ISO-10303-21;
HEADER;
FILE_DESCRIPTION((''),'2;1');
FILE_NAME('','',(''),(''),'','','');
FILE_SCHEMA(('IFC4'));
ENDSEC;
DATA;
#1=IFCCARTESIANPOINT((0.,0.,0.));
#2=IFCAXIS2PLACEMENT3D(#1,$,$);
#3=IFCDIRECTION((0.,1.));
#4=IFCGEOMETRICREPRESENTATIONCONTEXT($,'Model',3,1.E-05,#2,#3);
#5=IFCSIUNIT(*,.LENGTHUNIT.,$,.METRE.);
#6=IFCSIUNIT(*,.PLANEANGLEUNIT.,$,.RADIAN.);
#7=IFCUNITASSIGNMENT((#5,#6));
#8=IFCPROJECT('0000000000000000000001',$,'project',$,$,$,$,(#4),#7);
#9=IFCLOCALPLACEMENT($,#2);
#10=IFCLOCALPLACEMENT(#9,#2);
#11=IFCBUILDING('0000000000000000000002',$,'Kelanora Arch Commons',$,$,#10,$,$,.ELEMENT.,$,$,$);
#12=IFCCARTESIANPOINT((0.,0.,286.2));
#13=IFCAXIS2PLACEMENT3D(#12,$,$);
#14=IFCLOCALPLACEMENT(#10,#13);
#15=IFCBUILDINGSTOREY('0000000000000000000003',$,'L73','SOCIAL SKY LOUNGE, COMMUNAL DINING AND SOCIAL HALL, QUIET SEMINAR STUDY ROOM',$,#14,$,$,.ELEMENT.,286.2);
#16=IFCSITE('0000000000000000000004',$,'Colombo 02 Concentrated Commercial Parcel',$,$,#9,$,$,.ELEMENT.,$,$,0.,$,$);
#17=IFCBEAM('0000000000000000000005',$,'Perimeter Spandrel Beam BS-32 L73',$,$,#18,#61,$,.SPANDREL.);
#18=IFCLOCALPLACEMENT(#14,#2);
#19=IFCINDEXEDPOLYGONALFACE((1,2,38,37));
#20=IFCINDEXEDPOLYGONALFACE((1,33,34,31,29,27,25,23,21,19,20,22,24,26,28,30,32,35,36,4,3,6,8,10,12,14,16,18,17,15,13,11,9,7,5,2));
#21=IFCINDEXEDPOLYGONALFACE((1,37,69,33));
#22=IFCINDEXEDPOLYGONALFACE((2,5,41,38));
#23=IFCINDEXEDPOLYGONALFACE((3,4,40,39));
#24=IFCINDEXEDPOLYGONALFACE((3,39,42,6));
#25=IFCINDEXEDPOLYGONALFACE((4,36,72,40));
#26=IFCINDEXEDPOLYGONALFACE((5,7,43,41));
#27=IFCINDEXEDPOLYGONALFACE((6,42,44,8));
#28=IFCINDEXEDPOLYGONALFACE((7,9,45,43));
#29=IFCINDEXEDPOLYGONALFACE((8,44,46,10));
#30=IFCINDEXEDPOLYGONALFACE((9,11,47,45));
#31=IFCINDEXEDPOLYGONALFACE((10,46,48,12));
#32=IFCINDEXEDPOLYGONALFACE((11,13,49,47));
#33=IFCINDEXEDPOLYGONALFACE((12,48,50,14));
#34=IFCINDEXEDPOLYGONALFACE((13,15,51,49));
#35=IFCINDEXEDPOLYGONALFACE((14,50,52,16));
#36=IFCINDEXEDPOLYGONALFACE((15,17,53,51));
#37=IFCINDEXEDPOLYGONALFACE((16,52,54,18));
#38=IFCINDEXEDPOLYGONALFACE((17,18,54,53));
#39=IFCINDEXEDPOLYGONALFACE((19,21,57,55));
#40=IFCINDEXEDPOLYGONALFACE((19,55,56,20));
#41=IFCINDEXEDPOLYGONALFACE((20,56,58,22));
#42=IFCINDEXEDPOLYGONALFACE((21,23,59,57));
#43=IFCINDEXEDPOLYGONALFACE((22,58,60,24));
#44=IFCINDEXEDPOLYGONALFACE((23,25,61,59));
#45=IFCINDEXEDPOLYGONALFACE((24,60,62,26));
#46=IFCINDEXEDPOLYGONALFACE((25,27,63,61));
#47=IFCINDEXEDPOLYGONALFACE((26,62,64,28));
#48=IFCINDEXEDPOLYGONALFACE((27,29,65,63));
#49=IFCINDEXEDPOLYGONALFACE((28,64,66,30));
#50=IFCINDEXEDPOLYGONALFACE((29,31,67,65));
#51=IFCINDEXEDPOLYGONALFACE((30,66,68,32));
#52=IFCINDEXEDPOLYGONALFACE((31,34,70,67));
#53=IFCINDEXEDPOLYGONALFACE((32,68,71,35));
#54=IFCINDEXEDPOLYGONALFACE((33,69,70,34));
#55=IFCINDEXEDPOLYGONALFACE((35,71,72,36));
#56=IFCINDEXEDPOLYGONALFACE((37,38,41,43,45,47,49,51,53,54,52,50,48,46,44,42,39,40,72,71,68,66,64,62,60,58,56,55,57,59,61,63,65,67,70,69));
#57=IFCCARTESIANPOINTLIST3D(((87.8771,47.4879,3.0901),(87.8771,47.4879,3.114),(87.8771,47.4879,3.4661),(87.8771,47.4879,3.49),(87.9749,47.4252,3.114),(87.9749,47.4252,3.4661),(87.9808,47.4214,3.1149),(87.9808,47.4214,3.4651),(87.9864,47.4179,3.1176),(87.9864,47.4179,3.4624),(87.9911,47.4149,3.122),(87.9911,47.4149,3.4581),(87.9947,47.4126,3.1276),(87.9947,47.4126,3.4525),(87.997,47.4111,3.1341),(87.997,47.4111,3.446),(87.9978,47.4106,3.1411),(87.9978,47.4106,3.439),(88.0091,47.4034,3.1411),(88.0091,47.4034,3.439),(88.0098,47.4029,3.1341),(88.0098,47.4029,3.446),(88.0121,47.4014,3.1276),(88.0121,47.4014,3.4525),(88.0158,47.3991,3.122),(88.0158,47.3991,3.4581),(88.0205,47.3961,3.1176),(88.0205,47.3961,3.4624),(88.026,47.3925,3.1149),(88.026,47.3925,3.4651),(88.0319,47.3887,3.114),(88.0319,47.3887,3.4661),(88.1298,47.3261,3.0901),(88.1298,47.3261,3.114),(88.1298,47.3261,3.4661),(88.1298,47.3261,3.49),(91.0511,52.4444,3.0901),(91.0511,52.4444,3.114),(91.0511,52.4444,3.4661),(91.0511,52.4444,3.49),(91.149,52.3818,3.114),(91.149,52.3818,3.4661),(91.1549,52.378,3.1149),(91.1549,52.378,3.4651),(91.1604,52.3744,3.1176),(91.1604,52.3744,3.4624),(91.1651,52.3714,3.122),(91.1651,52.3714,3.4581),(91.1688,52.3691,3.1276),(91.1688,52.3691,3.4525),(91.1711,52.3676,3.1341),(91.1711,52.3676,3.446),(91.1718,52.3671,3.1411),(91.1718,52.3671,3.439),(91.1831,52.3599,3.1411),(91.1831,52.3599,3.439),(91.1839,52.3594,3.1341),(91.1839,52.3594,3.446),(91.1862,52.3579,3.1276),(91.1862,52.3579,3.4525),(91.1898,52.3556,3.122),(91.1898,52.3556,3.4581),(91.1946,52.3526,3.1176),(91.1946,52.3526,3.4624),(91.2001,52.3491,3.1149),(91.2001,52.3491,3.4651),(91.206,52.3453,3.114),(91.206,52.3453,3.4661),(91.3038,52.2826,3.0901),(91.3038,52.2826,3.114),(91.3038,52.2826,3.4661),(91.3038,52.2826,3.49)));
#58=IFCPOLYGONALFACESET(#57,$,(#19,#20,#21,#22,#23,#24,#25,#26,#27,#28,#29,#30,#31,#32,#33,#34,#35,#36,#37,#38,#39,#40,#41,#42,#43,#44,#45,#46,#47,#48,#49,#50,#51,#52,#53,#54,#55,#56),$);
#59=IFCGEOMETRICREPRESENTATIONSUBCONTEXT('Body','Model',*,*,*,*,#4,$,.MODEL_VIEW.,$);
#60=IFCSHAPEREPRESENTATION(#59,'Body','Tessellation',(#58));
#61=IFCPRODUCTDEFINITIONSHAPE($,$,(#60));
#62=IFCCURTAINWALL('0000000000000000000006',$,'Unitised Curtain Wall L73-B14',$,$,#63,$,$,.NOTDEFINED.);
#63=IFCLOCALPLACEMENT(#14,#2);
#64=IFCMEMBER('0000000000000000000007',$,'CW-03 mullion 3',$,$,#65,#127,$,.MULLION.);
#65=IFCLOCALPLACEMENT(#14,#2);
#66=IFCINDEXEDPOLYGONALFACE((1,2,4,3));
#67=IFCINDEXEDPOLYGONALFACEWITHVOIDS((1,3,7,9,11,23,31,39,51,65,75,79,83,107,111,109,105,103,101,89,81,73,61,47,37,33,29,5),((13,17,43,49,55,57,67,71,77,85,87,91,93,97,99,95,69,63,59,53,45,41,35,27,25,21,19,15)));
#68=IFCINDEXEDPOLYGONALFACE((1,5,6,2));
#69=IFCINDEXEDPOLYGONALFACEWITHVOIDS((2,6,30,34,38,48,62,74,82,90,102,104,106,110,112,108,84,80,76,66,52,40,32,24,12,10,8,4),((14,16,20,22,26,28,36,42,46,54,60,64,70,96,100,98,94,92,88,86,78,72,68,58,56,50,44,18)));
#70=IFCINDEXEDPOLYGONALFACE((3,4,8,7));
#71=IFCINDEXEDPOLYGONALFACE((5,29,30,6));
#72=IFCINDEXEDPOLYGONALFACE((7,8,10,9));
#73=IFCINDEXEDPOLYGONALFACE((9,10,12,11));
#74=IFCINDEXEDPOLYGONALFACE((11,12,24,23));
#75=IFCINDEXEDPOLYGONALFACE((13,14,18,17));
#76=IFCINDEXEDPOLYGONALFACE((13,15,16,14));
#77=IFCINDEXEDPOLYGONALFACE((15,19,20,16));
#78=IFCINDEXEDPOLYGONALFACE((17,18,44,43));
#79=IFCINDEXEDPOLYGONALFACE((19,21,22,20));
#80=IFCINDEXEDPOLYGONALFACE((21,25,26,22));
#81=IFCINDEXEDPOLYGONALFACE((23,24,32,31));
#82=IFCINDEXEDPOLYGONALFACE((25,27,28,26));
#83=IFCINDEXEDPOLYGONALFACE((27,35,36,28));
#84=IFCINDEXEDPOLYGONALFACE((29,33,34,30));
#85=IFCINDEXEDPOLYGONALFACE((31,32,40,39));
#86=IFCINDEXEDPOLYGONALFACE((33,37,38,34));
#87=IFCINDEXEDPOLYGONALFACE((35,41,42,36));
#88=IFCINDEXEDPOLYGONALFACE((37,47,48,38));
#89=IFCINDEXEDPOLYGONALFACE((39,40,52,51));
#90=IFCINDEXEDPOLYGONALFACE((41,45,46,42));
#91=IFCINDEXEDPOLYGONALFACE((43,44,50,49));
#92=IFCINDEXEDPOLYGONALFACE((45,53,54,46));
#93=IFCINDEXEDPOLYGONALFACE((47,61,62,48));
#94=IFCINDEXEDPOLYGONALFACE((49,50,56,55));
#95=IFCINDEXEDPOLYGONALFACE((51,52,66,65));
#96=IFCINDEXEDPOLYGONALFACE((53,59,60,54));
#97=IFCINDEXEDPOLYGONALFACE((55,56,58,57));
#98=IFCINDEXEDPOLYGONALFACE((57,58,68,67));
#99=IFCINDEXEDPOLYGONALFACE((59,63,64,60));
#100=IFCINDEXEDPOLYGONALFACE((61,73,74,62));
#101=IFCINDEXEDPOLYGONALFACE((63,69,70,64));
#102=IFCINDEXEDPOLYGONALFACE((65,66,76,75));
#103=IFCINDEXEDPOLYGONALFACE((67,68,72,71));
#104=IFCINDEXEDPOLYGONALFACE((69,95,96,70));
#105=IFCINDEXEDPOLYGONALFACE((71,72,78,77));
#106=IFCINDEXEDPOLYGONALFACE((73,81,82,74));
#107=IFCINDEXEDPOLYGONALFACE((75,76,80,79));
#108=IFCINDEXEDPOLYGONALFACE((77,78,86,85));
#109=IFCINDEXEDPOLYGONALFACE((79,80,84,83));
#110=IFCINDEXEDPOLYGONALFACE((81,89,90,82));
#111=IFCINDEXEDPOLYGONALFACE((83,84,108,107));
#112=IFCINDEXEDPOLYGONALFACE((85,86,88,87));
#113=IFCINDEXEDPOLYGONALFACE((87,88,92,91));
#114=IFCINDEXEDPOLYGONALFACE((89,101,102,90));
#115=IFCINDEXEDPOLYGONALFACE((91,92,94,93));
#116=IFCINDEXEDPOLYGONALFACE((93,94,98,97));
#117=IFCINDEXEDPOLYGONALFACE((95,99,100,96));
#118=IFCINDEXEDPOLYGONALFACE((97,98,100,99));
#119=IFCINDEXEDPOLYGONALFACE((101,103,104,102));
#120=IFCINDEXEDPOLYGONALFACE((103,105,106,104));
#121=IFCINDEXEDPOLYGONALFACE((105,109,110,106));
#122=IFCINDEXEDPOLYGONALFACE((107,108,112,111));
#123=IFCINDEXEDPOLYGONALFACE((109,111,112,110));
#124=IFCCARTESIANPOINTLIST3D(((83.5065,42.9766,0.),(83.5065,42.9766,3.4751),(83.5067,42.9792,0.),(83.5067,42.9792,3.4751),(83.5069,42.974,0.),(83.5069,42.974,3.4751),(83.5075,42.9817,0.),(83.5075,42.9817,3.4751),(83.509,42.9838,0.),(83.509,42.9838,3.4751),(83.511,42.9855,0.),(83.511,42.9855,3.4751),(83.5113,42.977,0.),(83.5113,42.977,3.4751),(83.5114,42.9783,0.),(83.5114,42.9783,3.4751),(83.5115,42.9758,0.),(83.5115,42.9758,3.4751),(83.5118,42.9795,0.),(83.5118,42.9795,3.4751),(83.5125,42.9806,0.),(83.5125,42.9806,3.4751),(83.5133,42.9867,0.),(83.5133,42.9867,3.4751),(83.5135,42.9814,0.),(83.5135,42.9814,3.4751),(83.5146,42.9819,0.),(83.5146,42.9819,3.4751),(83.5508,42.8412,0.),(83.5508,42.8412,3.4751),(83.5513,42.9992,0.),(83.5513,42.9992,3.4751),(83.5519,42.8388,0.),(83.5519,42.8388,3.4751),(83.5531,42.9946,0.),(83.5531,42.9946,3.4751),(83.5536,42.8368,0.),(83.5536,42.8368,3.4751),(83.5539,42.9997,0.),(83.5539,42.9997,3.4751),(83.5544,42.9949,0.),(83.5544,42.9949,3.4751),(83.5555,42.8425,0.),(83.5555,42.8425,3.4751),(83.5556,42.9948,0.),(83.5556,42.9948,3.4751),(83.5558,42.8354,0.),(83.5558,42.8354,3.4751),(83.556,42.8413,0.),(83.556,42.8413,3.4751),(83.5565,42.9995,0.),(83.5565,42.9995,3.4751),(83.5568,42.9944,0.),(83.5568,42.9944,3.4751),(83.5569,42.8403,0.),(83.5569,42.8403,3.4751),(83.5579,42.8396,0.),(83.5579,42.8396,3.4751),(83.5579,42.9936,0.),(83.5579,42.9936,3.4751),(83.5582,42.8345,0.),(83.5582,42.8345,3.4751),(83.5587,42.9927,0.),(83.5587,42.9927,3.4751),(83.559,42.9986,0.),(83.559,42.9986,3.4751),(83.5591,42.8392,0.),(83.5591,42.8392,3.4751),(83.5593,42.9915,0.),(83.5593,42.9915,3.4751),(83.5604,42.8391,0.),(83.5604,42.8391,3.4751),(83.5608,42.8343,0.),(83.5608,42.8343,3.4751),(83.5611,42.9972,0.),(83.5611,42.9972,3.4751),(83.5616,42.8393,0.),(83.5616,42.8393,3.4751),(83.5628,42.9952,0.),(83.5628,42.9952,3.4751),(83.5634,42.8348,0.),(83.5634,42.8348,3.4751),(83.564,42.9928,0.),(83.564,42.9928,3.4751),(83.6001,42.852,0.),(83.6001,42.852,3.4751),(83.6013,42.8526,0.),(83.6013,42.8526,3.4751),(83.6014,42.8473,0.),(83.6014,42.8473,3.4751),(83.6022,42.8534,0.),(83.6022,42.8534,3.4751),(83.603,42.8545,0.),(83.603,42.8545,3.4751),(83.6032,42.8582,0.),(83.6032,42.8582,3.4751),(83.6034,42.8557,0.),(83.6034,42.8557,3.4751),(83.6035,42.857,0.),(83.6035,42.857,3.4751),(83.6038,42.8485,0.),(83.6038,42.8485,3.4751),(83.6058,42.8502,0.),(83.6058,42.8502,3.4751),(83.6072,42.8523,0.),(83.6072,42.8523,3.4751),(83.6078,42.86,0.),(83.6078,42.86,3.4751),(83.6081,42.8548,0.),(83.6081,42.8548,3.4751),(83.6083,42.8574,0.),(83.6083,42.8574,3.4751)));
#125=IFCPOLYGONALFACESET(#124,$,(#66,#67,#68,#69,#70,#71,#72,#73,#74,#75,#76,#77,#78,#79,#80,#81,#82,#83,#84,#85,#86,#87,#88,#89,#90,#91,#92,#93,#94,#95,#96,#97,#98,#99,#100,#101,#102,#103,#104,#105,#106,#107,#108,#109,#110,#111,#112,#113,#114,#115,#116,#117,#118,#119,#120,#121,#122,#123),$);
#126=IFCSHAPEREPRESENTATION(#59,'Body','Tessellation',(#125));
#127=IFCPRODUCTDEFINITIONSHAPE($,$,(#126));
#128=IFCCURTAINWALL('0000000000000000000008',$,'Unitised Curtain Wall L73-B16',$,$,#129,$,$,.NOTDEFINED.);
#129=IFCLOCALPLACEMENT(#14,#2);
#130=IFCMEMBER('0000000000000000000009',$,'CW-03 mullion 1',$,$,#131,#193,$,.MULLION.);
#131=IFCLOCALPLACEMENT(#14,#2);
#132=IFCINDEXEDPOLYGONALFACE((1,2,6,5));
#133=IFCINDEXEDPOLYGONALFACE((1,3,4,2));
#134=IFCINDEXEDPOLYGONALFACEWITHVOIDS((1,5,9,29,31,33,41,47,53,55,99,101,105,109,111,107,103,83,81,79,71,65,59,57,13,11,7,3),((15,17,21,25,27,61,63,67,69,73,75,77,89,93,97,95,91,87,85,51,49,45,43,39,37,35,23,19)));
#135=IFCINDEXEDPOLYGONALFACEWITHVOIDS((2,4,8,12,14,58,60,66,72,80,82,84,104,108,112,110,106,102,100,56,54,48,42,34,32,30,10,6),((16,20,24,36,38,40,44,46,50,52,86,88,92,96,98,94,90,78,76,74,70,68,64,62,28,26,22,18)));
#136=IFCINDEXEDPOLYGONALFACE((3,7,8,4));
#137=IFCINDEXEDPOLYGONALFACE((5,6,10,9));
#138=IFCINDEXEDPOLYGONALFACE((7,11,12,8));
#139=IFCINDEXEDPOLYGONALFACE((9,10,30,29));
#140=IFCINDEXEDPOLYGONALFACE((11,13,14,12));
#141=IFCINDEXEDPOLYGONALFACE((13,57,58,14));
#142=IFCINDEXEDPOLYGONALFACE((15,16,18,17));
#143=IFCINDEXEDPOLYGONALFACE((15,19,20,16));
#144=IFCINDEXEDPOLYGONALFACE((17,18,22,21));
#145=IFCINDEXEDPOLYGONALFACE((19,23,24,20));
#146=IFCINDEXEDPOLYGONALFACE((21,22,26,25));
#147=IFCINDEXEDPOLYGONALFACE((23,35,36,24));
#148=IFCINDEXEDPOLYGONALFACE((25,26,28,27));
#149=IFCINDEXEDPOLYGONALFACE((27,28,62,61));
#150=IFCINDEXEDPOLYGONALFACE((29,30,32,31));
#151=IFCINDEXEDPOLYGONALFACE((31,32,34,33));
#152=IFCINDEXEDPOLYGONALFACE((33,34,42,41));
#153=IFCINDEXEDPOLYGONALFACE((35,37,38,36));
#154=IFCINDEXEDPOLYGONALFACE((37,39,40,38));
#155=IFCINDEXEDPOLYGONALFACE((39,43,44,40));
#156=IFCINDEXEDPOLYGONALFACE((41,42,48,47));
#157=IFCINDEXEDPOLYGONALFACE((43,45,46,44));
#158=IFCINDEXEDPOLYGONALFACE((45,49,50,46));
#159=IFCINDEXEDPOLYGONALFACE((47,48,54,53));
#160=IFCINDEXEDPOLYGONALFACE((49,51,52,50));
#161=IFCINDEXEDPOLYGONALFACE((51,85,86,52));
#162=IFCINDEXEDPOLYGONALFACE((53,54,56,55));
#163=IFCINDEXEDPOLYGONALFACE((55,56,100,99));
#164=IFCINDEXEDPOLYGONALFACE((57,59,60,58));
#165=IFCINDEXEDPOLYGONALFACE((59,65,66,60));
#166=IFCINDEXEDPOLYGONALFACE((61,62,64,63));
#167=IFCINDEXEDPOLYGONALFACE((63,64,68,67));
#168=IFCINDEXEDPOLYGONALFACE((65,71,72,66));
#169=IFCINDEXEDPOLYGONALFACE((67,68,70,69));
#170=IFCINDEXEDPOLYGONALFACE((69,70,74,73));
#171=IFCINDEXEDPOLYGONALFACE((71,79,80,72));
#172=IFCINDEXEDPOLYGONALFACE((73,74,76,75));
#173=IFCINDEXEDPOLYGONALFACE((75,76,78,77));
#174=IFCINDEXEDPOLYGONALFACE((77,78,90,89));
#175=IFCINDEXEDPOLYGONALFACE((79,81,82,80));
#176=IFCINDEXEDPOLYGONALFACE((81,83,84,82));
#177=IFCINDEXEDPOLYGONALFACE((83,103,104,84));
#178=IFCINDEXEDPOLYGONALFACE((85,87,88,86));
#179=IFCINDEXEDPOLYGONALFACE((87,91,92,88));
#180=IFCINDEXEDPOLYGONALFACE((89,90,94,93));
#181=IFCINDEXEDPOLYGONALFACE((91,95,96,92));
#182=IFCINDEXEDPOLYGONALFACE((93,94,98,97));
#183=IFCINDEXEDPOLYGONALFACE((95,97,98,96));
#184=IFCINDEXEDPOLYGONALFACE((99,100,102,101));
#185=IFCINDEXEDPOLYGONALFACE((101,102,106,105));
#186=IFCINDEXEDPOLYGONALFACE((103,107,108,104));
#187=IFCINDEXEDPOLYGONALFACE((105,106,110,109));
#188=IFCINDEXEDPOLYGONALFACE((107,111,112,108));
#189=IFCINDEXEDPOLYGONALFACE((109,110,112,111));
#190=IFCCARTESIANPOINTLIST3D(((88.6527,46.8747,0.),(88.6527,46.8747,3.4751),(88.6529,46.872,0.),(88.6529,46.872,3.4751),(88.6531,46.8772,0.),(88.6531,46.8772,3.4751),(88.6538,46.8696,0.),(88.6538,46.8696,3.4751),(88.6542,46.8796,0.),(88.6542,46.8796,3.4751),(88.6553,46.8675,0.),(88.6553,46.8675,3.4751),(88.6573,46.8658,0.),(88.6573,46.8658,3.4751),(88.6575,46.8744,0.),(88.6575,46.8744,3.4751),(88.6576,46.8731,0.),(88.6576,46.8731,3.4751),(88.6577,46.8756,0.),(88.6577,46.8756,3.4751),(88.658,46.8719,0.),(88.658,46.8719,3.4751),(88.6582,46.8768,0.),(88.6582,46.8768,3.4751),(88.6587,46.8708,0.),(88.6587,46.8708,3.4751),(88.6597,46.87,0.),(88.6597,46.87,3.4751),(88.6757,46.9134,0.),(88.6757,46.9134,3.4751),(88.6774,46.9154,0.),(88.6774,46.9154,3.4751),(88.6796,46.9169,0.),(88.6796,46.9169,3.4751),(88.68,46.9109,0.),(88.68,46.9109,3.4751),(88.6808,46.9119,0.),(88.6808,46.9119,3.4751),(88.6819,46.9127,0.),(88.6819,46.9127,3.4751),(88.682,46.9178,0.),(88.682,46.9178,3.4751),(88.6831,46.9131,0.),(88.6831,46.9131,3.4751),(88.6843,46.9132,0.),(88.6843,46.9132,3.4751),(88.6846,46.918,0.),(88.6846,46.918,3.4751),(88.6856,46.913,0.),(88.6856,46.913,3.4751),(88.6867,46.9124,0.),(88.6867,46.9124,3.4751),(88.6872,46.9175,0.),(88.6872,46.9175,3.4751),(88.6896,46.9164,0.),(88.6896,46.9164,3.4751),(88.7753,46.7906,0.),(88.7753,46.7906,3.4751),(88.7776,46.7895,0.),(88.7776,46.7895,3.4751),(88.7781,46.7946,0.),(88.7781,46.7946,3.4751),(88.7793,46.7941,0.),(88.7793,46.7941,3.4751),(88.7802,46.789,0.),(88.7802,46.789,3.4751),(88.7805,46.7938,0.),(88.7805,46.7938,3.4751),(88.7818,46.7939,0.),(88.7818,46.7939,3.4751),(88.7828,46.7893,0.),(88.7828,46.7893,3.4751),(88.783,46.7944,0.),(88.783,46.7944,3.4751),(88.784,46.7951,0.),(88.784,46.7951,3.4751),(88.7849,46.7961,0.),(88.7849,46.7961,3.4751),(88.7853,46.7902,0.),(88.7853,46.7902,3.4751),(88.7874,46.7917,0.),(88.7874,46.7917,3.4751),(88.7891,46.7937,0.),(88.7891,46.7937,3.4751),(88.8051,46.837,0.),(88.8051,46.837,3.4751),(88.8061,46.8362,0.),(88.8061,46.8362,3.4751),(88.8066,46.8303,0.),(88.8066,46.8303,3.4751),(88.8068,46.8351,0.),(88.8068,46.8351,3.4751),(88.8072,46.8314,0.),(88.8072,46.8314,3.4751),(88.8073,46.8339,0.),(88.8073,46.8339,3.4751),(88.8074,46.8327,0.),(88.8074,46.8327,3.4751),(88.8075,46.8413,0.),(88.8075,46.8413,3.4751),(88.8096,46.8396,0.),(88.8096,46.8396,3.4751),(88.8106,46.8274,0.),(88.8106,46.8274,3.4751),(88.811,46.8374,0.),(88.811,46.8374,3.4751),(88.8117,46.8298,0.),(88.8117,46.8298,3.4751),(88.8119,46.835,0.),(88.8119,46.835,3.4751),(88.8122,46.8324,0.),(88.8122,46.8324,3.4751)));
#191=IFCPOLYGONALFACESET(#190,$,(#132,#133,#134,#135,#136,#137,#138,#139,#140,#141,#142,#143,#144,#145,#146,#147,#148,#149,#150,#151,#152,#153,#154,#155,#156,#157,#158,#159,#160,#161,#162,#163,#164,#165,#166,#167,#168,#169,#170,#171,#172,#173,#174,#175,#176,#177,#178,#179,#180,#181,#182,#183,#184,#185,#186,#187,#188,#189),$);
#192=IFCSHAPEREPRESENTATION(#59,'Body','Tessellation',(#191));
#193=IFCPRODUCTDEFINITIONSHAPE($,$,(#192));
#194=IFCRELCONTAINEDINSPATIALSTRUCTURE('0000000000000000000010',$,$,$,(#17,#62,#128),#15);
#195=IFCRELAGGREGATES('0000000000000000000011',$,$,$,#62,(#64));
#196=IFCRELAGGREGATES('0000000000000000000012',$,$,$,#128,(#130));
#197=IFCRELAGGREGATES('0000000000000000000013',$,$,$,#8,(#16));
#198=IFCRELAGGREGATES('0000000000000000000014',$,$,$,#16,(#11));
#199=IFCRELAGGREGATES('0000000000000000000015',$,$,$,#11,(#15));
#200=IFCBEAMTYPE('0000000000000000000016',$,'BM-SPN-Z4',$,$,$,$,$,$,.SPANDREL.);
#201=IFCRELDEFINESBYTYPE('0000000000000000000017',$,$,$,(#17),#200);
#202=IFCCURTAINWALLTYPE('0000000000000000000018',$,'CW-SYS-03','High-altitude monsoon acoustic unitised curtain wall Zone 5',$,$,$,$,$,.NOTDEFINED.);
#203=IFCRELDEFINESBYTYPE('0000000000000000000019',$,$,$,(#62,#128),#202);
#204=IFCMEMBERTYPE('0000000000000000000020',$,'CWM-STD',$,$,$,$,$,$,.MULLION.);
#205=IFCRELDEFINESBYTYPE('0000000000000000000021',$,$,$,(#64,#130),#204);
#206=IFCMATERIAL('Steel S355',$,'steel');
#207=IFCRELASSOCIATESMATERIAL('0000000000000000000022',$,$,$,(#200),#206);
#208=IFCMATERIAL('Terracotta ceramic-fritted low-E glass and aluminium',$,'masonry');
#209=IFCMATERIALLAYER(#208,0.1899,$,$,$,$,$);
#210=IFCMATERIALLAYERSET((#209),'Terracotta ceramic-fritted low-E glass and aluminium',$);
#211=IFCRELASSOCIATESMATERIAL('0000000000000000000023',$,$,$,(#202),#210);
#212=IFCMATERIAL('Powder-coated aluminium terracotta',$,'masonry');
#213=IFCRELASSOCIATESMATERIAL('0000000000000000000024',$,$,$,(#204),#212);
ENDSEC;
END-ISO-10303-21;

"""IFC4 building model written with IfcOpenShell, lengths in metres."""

from ifc_helpers import new_model, si_unit, direction, frame, origin, origin_2d, place, context, subcontext, project, spatial, hollow_rectangle, i_section, extrude, material, layer, layer_set, material_profile, profile_set, type_object, element, aggregate, save


model = new_model("IFC4")

# Units and contexts
model_context = context("Model", 3, precision=1e-05, world=origin(), true_north=direction((0.0, 1.0)))
body_context = subcontext(model_context, "Body", "Model", "MODEL_VIEW")
ifc_project = project(units=[si_unit("LENGTHUNIT", "METRE"), si_unit("PLANEANGLEUNIT", "RADIAN")], contexts=[model_context])

# Site, building, storey
site_placement = place(None, origin())
site = spatial("IfcSite", under=ifc_project, at=site_placement, Name="Colombo 02 Concentrated Commercial Parcel", CompositionType="ELEMENT", RefElevation=0.0)
building_placement = place(site_placement, origin())
building = spatial("IfcBuilding", under=site, at=building_placement, Name="Kelanora Arch Commons", CompositionType="ELEMENT")
storey_placement = place(building_placement, frame((0.0, 0.0, 286.2)))
storey = spatial("IfcBuildingStorey", under=building, at=storey_placement, Name="L73", Description="SOCIAL SKY LOUNGE, COMMUNAL DINING AND SOCIAL HALL, QUIET SEMINAR STUDY ROOM", CompositionType="ELEMENT", Elevation=286.2)

# Beam
ifc_material_1 = material(Name="Steel S355", Category="steel")
ifc_material_profile_1 = material_profile(ifc_material_1, i_section(OverallWidth=0.3, OverallDepth=0.3999, WebThickness=0.0134, FlangeThickness=0.0239, FilletRadius=0.0271, at=origin_2d()), Name="HEB400")
ifc_profile_set_1 = profile_set([ifc_material_profile_1], Name="Steel S355")
beam_type_1 = type_object("IfcBeamType", Name="BM-SPN-Z4", PredefinedType="SPANDREL", material=ifc_profile_set_1)
beam_1_placement = place(storey_placement, frame((88.0034, 47.407, 3.29), z_axis=(0.539281, 0.842126, 0.0), x_axis=(-0.842126, 0.539281, 0.0)))
element("IfcBeam", 1, at=beam_1_placement, inside=storey, type_object=beam_type_1, Name="Perimeter Spandrel Beam BS-32 L73", PredefinedType="SPANDREL", context=body_context, shape_type="SweptSolid", body=[
    extrude(i_section(OverallWidth=0.3, OverallDepth=0.3999, WebThickness=0.0134, FlangeThickness=0.0239, FilletRadius=0.0271, at=origin_2d()), origin(), (0.0, 0.0, 1.0), 5.8857),
])

# Curtain wall, member
ifc_material_2 = material(Name="Terracotta ceramic-fritted low-E glass and aluminium", Category="masonry")
ifc_layer_1 = layer(ifc_material_2, 0.1899)
ifc_layer_set_1 = layer_set([ifc_layer_1], Name="Terracotta ceramic-fritted low-E glass and aluminium")
curtain_wall_type = type_object("IfcCurtainWallType", Name="CW-SYS-03", Description="High-altitude monsoon acoustic unitised curtain wall Zone 5", PredefinedType="NOTDEFINED", material=ifc_layer_set_1)
curtain_wall_1_placement = place(storey_placement, origin())
curtain_wall_1 = element("IfcCurtainWall", 2, at=curtain_wall_1_placement, inside=storey, type_object=curtain_wall_type, Name="Unitised Curtain Wall L73-B14", PredefinedType="NOTDEFINED")
ifc_material_3 = material(Name="Powder-coated aluminium terracotta", Category="masonry")
ifc_material_profile_2 = material_profile(ifc_material_3, hollow_rectangle(XDim=0.1599, YDim=0.0601, WallThickness=0.0049, InnerFilletRadius=0.0049, OuterFilletRadius=0.01, at=origin_2d()), Name="CWM160x60")
ifc_profile_set_2 = profile_set([ifc_material_profile_2], Name="Powder-coated aluminium terracotta")
member_type_1 = type_object("IfcMemberType", Name="CWM-STD", PredefinedType="MULLION", material=ifc_profile_set_2)
member_1_placement = place(storey_placement, frame((83.5574, 42.917, 0.0), z_axis=(0.0, 0.0, 1.0), x_axis=(-0.313253, 0.94967, 0.0)))
member_1 = element("IfcMember", 3, at=member_1_placement, type_object=member_type_1, Name="CW-03 mullion 3", PredefinedType="MULLION", context=body_context, shape_type="SweptSolid", body=[
    extrude(hollow_rectangle(XDim=0.1599, YDim=0.0601, WallThickness=0.0049, InnerFilletRadius=0.0049, OuterFilletRadius=0.01, at=origin_2d()), origin(), (0.0, 0.0, 1.0), 3.4751),
])
aggregate(curtain_wall_1, [member_1])

# Curtain wall, member
curtain_wall_2_placement = place(storey_placement, origin())
curtain_wall_2 = element("IfcCurtainWall", 4, at=curtain_wall_2_placement, inside=storey, type_object=curtain_wall_type, Name="Unitised Curtain Wall L73-B16", PredefinedType="NOTDEFINED")
member_2_placement = place(storey_placement, frame((88.7324, 46.8535, 0.0), z_axis=(0.0, 0.0, 1.0), x_axis=(-0.843391, 0.5373, 0.0)))
member_2 = element("IfcMember", 5, at=member_2_placement, type_object=member_type_1, Name="CW-03 mullion 1", PredefinedType="MULLION", context=body_context, shape_type="SweptSolid", body=[
    extrude(hollow_rectangle(XDim=0.1599, YDim=0.0601, WallThickness=0.0049, InnerFilletRadius=0.0049, OuterFilletRadius=0.01, at=origin_2d()), origin(), (0.0, 0.0, 1.0), 3.4751),
])
aggregate(curtain_wall_2, [member_2])

save(model, "model.ifc")
